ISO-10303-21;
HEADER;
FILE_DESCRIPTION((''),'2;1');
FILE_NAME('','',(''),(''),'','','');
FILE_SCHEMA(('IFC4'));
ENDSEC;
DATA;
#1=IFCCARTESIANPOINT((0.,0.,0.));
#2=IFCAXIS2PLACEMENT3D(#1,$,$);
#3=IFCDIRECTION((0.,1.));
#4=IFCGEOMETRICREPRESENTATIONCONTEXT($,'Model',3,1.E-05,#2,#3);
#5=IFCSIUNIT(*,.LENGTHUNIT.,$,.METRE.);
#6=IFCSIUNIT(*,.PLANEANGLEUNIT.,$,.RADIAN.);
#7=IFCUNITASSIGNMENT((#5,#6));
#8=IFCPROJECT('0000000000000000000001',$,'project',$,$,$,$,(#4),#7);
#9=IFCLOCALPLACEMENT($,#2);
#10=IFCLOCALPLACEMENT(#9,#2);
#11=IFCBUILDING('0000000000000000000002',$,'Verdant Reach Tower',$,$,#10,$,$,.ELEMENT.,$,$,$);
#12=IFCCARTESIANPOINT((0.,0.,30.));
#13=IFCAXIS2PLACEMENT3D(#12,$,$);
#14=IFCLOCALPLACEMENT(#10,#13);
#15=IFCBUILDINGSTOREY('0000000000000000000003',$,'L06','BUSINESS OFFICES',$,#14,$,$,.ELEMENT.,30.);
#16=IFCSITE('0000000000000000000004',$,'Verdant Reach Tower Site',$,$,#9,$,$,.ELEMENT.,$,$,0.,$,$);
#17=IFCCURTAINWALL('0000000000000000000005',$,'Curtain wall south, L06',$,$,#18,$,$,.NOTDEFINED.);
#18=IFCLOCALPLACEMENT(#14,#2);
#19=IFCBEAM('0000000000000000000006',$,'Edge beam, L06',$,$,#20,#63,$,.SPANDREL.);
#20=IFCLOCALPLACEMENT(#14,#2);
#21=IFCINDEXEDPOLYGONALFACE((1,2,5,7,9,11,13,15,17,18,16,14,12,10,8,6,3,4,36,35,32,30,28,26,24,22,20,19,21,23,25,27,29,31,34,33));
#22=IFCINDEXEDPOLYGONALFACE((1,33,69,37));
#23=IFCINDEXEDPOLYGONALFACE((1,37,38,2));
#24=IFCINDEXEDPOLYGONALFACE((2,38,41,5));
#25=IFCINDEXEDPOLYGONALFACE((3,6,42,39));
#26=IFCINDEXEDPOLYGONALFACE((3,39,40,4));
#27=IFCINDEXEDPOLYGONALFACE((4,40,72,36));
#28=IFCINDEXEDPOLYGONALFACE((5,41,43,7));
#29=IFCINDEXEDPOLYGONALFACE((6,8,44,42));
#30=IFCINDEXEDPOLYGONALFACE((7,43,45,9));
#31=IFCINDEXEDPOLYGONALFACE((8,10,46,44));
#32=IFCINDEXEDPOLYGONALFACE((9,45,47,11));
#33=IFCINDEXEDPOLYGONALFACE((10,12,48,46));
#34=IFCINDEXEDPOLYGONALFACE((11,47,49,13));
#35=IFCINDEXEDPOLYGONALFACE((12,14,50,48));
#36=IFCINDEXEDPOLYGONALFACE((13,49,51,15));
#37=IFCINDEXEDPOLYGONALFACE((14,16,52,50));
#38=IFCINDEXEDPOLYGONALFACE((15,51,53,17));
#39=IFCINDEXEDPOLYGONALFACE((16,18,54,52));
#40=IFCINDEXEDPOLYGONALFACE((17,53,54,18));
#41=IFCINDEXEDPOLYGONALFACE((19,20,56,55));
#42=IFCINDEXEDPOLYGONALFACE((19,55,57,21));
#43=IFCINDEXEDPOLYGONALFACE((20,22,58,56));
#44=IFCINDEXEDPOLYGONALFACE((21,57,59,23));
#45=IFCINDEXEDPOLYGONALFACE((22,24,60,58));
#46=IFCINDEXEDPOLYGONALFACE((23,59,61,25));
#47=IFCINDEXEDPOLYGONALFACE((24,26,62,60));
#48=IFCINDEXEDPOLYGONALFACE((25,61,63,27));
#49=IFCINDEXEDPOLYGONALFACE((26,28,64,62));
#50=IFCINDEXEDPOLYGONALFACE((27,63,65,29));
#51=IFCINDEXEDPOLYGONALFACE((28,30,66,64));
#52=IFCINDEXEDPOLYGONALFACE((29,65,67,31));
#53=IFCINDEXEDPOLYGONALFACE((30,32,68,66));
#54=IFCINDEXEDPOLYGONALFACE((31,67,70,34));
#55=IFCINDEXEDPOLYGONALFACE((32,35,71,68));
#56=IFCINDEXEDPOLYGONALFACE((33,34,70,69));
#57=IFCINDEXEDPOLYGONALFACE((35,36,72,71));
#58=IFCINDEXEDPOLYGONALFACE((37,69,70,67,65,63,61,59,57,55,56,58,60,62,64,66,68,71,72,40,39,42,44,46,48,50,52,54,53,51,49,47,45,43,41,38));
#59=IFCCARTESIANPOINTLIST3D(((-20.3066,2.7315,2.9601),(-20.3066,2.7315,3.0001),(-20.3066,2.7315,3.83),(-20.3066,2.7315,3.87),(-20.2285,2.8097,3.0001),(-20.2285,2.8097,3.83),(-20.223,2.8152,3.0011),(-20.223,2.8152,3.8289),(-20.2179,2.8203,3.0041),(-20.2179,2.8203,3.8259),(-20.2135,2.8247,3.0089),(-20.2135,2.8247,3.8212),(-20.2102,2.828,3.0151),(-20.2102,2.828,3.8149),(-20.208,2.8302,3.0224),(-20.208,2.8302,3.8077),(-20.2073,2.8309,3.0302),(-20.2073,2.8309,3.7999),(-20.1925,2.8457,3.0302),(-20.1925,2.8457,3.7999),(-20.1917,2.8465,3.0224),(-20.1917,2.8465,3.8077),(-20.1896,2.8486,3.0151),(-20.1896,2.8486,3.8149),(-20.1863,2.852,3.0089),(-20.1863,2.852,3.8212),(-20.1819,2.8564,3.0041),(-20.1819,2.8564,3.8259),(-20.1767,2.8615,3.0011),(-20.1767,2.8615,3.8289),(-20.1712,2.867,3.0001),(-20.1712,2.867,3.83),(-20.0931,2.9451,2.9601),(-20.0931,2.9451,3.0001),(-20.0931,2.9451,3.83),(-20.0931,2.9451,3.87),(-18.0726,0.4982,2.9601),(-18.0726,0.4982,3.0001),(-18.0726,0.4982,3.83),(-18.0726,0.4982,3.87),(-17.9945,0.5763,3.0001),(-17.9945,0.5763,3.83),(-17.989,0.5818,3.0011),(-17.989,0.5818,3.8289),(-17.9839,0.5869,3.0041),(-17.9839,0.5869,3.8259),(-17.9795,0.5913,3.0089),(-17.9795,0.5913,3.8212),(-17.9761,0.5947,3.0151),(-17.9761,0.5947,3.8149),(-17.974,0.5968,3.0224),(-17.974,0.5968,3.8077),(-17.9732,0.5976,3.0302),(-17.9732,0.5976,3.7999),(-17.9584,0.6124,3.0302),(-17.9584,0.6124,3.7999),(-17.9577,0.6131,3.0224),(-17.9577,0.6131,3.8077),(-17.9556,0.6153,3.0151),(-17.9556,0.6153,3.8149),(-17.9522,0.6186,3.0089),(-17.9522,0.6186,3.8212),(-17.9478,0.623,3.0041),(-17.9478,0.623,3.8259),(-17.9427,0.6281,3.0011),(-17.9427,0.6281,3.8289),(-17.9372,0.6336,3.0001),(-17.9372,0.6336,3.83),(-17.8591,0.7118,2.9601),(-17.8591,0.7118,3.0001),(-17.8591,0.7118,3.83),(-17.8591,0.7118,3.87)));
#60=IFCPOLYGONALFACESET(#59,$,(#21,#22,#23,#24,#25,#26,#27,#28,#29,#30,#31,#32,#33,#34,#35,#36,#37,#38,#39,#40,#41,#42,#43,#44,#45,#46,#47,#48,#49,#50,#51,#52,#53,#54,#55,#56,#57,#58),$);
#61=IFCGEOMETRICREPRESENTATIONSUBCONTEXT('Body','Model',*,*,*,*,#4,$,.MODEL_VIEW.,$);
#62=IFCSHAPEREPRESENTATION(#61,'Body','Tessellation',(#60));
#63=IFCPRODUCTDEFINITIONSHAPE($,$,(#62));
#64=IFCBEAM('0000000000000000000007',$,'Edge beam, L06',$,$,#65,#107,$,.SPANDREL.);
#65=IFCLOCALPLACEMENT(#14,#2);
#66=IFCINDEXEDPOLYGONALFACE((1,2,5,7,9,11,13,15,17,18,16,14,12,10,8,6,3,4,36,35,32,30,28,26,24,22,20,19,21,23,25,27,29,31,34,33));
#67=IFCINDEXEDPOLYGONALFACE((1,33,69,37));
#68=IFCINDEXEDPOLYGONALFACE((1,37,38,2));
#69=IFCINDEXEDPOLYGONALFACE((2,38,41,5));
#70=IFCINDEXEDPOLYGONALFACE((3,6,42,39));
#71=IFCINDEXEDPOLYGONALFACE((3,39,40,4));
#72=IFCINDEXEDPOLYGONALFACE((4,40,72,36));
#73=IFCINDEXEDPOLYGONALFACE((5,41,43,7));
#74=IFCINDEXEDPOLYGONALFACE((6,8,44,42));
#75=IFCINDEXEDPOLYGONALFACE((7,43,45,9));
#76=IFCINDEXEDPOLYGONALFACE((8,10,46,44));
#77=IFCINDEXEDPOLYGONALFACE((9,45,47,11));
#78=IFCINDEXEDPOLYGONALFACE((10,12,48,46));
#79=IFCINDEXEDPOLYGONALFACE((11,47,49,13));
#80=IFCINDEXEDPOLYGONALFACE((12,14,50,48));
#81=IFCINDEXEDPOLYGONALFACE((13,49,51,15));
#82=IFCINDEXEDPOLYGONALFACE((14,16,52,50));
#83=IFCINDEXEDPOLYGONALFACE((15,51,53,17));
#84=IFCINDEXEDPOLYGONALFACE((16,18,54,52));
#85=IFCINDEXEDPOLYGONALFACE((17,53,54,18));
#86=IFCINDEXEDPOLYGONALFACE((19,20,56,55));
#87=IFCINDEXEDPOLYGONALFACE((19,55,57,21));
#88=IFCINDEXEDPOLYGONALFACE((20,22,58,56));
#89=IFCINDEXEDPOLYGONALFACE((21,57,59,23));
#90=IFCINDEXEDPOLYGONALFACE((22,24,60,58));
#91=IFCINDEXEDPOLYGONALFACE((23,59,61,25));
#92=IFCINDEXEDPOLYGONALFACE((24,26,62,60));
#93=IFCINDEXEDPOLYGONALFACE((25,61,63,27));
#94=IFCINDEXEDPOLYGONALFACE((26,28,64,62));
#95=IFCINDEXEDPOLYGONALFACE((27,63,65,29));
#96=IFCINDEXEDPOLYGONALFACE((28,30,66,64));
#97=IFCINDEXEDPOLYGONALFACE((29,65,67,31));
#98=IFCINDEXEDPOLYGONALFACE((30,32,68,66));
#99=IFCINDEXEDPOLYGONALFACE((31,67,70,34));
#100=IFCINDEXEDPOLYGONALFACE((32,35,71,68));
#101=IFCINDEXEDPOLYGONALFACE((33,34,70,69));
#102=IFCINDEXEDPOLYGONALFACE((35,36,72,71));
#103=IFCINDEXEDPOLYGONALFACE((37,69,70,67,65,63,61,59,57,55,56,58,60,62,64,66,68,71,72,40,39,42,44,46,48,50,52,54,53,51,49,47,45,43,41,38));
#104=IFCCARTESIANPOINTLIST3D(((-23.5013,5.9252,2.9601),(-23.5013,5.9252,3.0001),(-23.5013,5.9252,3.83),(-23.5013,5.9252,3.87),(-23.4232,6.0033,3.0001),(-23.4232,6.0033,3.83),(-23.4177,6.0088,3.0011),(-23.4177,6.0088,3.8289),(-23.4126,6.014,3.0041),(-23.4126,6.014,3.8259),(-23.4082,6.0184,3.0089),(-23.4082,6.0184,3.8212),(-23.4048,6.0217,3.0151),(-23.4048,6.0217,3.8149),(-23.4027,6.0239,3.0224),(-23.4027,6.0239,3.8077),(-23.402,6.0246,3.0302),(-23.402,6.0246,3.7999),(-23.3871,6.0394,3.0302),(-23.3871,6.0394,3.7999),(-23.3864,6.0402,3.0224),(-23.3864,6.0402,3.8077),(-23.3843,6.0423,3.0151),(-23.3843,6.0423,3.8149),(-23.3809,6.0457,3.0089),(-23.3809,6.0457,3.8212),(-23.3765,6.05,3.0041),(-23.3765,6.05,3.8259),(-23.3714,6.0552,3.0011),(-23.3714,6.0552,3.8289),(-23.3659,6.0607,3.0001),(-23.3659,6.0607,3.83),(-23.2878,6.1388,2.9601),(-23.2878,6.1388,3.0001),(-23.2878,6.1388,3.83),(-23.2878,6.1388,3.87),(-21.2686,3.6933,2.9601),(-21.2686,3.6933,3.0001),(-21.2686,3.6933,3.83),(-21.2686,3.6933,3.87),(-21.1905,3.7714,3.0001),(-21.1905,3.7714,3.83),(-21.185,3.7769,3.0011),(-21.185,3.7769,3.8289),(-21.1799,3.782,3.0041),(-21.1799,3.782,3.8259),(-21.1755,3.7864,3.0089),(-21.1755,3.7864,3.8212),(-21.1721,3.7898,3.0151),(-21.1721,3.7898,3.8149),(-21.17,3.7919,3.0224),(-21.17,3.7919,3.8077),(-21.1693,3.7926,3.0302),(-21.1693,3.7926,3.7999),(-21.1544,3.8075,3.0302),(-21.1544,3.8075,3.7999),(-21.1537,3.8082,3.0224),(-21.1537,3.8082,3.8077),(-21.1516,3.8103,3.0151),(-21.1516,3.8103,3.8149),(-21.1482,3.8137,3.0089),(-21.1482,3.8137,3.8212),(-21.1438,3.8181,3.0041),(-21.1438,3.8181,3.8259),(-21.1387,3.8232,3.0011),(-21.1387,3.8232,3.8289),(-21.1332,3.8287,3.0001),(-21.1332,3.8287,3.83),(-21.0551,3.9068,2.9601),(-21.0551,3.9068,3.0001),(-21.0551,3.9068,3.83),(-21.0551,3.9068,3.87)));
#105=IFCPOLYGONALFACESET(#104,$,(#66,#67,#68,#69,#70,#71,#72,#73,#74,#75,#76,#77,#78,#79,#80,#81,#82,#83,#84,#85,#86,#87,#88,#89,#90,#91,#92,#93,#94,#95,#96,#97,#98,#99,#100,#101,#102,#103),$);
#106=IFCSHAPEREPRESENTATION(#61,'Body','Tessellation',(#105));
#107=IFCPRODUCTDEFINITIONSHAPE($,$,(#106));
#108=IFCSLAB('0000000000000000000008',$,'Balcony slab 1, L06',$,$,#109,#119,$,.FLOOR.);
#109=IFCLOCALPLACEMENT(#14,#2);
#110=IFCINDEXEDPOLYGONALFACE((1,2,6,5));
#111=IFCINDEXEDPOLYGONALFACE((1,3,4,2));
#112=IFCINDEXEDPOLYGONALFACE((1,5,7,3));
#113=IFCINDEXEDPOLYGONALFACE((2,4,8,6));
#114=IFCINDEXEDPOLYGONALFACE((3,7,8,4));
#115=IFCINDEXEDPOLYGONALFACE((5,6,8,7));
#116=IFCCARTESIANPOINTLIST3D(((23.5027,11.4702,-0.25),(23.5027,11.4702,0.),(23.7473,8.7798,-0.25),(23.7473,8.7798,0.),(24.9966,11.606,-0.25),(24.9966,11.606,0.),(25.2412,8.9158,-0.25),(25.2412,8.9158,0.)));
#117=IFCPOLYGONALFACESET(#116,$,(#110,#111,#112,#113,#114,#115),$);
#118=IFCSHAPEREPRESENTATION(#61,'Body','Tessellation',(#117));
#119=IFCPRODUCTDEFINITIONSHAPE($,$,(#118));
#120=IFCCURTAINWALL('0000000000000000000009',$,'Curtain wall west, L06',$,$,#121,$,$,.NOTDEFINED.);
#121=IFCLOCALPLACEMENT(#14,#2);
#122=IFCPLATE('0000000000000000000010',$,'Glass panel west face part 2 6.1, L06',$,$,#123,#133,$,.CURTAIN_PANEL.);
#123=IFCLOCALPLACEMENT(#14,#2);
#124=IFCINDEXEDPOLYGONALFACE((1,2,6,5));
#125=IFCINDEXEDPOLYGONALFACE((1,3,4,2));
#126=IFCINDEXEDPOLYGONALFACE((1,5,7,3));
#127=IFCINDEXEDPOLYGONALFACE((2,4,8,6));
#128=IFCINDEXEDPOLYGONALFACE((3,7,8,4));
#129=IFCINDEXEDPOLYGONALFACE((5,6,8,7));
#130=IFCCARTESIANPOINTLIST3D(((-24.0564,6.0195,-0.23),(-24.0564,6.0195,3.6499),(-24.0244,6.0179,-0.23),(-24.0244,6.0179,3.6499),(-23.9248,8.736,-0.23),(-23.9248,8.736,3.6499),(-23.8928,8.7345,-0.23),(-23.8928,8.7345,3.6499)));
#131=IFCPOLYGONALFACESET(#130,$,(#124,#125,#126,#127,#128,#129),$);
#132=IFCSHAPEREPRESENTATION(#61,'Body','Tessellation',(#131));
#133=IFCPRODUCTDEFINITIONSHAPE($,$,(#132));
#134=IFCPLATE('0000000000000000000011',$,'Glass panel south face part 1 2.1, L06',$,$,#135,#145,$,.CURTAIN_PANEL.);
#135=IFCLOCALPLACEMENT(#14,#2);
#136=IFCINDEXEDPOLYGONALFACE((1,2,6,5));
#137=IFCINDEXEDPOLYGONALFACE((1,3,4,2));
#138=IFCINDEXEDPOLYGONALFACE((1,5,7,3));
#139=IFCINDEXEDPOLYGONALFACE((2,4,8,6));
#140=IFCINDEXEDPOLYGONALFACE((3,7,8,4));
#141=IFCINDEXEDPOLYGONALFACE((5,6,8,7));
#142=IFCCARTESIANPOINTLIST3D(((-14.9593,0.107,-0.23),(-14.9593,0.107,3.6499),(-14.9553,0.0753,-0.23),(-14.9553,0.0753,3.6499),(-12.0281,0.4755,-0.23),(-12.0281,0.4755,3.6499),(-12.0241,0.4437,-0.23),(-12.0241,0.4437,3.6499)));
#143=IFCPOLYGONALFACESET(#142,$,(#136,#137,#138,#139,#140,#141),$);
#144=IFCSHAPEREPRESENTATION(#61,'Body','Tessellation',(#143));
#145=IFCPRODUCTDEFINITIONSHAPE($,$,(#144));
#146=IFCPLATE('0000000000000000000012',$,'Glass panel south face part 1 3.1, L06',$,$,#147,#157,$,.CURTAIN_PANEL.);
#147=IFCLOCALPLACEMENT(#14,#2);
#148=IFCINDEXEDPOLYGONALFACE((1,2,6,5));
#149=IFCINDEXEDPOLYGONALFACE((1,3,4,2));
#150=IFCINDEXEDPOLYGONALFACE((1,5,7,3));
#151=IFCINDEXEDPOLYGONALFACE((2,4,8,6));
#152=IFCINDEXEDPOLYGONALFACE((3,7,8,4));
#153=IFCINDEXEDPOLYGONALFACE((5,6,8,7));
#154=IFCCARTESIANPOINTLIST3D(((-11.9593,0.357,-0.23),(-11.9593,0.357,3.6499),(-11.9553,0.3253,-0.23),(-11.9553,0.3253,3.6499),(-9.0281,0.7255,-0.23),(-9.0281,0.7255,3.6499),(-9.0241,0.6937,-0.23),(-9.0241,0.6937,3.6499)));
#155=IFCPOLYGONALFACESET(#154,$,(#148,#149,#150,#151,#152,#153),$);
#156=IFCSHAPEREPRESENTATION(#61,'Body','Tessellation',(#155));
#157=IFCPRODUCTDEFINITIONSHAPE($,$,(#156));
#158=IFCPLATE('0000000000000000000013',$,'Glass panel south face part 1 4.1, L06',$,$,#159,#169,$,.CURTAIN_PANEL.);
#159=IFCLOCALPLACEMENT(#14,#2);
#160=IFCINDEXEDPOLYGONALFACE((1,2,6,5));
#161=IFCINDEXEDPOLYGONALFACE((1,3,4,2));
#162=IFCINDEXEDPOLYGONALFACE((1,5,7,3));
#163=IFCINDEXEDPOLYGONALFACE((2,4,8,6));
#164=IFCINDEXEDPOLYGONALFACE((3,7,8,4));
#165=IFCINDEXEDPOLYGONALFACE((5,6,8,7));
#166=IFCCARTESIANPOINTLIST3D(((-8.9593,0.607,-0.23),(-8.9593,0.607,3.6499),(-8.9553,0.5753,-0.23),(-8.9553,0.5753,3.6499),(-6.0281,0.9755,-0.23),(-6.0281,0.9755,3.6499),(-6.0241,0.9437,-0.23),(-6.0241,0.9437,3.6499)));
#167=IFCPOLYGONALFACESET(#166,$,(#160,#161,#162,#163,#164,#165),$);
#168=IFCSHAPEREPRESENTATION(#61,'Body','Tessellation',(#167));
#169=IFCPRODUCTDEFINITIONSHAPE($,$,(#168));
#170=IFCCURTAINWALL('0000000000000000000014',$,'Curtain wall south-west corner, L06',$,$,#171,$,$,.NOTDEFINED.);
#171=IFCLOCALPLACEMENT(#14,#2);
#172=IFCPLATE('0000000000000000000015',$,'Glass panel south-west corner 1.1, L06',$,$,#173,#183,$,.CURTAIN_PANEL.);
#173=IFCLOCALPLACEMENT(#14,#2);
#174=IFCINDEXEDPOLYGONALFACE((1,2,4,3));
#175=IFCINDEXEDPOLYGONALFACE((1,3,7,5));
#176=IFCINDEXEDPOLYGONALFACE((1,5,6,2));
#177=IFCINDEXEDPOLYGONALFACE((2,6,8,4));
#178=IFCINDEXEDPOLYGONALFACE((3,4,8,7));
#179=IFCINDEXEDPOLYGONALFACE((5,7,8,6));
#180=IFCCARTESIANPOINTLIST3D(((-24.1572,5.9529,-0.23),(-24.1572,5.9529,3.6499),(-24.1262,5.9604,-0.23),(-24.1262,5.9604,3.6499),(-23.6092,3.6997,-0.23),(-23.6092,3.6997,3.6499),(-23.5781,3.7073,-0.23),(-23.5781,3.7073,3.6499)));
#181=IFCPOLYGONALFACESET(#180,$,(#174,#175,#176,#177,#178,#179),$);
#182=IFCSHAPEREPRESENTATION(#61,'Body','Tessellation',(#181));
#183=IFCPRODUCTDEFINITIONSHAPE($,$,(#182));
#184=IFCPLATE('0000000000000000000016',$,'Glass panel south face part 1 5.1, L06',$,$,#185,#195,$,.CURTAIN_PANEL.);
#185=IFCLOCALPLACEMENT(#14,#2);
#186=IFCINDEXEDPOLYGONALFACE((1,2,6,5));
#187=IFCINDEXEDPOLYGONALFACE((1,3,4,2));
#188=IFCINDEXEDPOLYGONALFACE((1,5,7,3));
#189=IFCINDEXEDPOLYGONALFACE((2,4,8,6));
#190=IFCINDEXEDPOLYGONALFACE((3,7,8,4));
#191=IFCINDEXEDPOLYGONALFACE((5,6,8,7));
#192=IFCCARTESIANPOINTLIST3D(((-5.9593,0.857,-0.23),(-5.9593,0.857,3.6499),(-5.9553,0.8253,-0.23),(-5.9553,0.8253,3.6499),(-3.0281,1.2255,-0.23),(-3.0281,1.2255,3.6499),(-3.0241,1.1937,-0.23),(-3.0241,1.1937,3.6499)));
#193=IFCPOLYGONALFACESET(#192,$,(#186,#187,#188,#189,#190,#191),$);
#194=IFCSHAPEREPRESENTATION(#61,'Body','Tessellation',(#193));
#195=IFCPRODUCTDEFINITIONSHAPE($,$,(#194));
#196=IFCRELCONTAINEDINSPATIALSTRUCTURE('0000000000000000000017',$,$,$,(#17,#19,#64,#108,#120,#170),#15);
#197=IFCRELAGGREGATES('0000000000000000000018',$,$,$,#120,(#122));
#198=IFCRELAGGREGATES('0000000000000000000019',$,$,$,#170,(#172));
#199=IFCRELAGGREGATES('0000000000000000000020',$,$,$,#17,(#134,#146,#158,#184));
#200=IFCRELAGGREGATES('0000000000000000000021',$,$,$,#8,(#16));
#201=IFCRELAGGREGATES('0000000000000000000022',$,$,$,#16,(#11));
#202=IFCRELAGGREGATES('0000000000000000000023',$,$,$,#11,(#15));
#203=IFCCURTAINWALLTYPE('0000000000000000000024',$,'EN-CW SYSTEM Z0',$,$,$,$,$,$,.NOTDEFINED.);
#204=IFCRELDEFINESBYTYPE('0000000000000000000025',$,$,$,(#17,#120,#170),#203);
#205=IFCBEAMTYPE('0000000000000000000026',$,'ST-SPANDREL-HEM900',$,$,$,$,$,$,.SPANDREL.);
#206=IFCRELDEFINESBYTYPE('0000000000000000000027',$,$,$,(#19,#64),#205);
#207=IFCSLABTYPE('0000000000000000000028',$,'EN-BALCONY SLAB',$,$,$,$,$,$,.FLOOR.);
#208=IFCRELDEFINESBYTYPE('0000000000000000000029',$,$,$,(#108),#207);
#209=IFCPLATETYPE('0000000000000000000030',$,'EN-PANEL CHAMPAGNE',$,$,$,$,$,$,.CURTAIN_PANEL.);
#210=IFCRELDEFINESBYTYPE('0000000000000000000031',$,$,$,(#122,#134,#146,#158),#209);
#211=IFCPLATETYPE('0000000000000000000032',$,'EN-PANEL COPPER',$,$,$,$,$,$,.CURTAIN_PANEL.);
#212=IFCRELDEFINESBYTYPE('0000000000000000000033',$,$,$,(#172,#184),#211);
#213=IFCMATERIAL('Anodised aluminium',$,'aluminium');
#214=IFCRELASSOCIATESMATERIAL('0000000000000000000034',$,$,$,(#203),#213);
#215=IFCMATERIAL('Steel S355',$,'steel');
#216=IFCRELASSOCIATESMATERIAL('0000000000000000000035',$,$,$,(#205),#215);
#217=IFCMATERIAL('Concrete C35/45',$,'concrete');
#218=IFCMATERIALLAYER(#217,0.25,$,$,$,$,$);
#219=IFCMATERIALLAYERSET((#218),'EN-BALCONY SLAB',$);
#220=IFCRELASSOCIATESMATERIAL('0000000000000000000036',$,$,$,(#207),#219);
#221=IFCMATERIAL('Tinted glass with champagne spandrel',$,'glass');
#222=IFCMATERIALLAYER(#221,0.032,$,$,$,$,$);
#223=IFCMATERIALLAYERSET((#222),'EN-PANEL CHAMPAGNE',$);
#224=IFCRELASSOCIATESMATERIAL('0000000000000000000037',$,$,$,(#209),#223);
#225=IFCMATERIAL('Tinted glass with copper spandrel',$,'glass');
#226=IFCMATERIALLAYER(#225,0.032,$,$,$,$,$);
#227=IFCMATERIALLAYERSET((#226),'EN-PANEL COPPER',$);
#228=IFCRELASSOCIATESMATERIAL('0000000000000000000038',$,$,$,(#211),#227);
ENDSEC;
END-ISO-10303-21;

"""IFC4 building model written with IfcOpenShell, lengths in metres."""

from ifc_helpers import new_model, si_unit, direction, frame, origin, origin_2d, place, context, subcontext, project, spatial, polyline, rectangle, i_section, outline, extrude, material, layer, layer_set, material_profile, profile_set, type_object, element, aggregate, save


model = new_model("IFC4")

# Units and contexts
model_context = context("Model", 3, precision=1e-05, world=origin(), true_north=direction((0.0, 1.0)))
body_context = subcontext(model_context, "Body", "Model", "MODEL_VIEW")
ifc_project = project(units=[si_unit("LENGTHUNIT", "METRE"), si_unit("PLANEANGLEUNIT", "RADIAN")], contexts=[model_context])

# Site, building, storey
site_placement = place(None, origin())
site = spatial("IfcSite", under=ifc_project, at=site_placement, Name="Verdant Reach Tower Site", CompositionType="ELEMENT", RefElevation=0.0)
building_placement = place(site_placement, origin())
building = spatial("IfcBuilding", under=site, at=building_placement, Name="Verdant Reach Tower", CompositionType="ELEMENT")
storey_placement = place(building_placement, frame((0.0, 0.0, 30.0)))
storey = spatial("IfcBuildingStorey", under=building, at=storey_placement, Name="L06", Description="BUSINESS OFFICES", CompositionType="ELEMENT", Elevation=30.0)

# Curtain wall
ifc_material_1 = material(Name="Anodised aluminium", Category="aluminium")
curtain_wall_type = type_object("IfcCurtainWallType", Name="EN-CW SYSTEM Z0", PredefinedType="NOTDEFINED", material=ifc_material_1)
curtain_wall_1_placement = place(storey_placement, origin())
curtain_wall_1 = element("IfcCurtainWall", 1, at=curtain_wall_1_placement, inside=storey, type_object=curtain_wall_type, Name="Curtain wall south, L06", PredefinedType="NOTDEFINED")

# Beams
ifc_material_2 = material(Name="Steel S355", Category="steel")
ifc_material_profile_1 = material_profile(ifc_material_2, i_section(OverallWidth=0.302, OverallDepth=0.9099, WebThickness=0.021, FlangeThickness=0.04, FilletRadius=0.03, at=origin_2d()), Name="HEM 900")
ifc_profile_set_1 = profile_set([ifc_material_profile_1], Name="Steel S355")
beam_type_1 = type_object("IfcBeamType", Name="ST-SPANDREL-HEM900", PredefinedType="SPANDREL", material=ifc_profile_set_1)
beam_1_placement = place(storey_placement, frame((-17.9658, 0.605, 3.415), z_axis=(-0.707223, 0.706991, 0.0), x_axis=(-0.706991, -0.707223, 0.0)))
element("IfcBeam", 2, at=beam_1_placement, inside=storey, type_object=beam_type_1, Name="Edge beam, L06", PredefinedType="SPANDREL", context=body_context, shape_type="SweptSolid", body=[
    extrude(i_section(OverallWidth=0.302, OverallDepth=0.9099, WebThickness=0.021, FlangeThickness=0.04, FilletRadius=0.03, at=origin_2d()), origin(), (0.0, 0.0, 1.0), 3.1589),
])
beam_2_placement = place(storey_placement, frame((-21.1619, 3.8, 3.415), z_axis=(-0.707223, 0.706991, 0.0), x_axis=(-0.706991, -0.707223, 0.0)))
element("IfcBeam", 3, at=beam_2_placement, inside=storey, type_object=beam_type_1, Name="Edge beam, L06", PredefinedType="SPANDREL", context=body_context, shape_type="SweptSolid", body=[
    extrude(i_section(OverallWidth=0.302, OverallDepth=0.9099, WebThickness=0.021, FlangeThickness=0.04, FilletRadius=0.03, at=origin_2d()), origin(), (0.0, 0.0, 1.0), 3.157),
])

# Slab
ifc_material_3 = material(Name="Concrete C35/45", Category="concrete")
ifc_layer_1 = layer(ifc_material_3, 0.25)
ifc_layer_set_1 = layer_set([ifc_layer_1], Name="EN-BALCONY SLAB")
slab_type_1 = type_object("IfcSlabType", Name="EN-BALCONY SLAB", PredefinedType="FLOOR", material=ifc_layer_set_1)
slab_1_placement = place(storey_placement, frame((0.0, 0.0, -0.25)))
element("IfcSlab", 4, at=slab_1_placement, inside=storey, type_object=slab_type_1, Name="Balcony slab 1, L06", PredefinedType="FLOOR", context=body_context, shape_type="SweptSolid", body=[
    extrude(outline(polyline([(23.7473, 8.7798), (23.5027, 11.4702), (24.9966, 11.606), (25.2412, 8.9158), (23.7473, 8.7798)])), origin(), (0.0, 0.0, 1.0), 0.25),
])

# Curtain wall, plate
curtain_wall_2_placement = place(storey_placement, origin())
curtain_wall_2 = element("IfcCurtainWall", 5, at=curtain_wall_2_placement, inside=storey, type_object=curtain_wall_type, Name="Curtain wall west, L06", PredefinedType="NOTDEFINED")
ifc_material_4 = material(Name="Tinted glass with champagne spandrel", Category="glass")
ifc_layer_2 = layer(ifc_material_4, 0.032)
ifc_layer_set_2 = layer_set([ifc_layer_2], Name="EN-PANEL CHAMPAGNE")
plate_type_1 = type_object("IfcPlateType", Name="EN-PANEL CHAMPAGNE", PredefinedType="CURTAIN_PANEL", material=ifc_layer_set_2)
plate_1_placement = place(storey_placement, frame((-23.9746, 7.377, -0.23), z_axis=(0.0, 0.0, 1.0), x_axis=(-0.048383, -0.998829, 0.0)))
plate_1 = element("IfcPlate", 6, at=plate_1_placement, type_object=plate_type_1, Name="Glass panel west face part 2 6.1, L06", PredefinedType="CURTAIN_PANEL", context=body_context, shape_type="SweptSolid", body=[
    extrude(rectangle(XDim=2.7197, YDim=0.032, at=origin_2d()), origin(), (0.0, 0.0, 1.0), 3.8799),
])

# Plates
plate_2_placement = place(storey_placement, frame((-13.4917, 0.2754, -0.23), z_axis=(0.0, 0.0, 1.0), x_axis=(0.992194, 0.124704, 0.0)))
plate_2 = element("IfcPlate", 7, at=plate_2_placement, type_object=plate_type_1, Name="Glass panel south face part 1 2.1, L06", PredefinedType="CURTAIN_PANEL", context=body_context, shape_type="SweptSolid", body=[
    extrude(rectangle(XDim=2.9543, YDim=0.032, at=origin_2d()), origin(), (0.0, 0.0, 1.0), 3.8799),
])
plate_3_placement = place(storey_placement, frame((-10.4917, 0.5254, -0.23), z_axis=(0.0, 0.0, 1.0), x_axis=(0.992194, 0.124704, 0.0)))
plate_3 = element("IfcPlate", 8, at=plate_3_placement, type_object=plate_type_1, Name="Glass panel south face part 1 3.1, L06", PredefinedType="CURTAIN_PANEL", context=body_context, shape_type="SweptSolid", body=[
    extrude(rectangle(XDim=2.9543, YDim=0.032, at=origin_2d()), origin(), (0.0, 0.0, 1.0), 3.8799),
])
plate_4_placement = place(storey_placement, frame((-7.4917, 0.7754, -0.23), z_axis=(0.0, 0.0, 1.0), x_axis=(0.992194, 0.124704, 0.0)))
plate_4 = element("IfcPlate", 9, at=plate_4_placement, type_object=plate_type_1, Name="Glass panel south face part 1 4.1, L06", PredefinedType="CURTAIN_PANEL", context=body_context, shape_type="SweptSolid", body=[
    extrude(rectangle(XDim=2.9543, YDim=0.032, at=origin_2d()), origin(), (0.0, 0.0, 1.0), 3.8799),
])

# Curtain wall, plate
curtain_wall_3_placement = place(storey_placement, origin())
curtain_wall_3 = element("IfcCurtainWall", 10, at=curtain_wall_3_placement, inside=storey, type_object=curtain_wall_type, Name="Curtain wall south-west corner, L06", PredefinedType="NOTDEFINED")
ifc_material_5 = material(Name="Tinted glass with copper spandrel", Category="glass")
ifc_layer_3 = layer(ifc_material_5, 0.032)
ifc_layer_set_3 = layer_set([ifc_layer_3], Name="EN-PANEL COPPER")
plate_type_2 = type_object("IfcPlateType", Name="EN-PANEL COPPER", PredefinedType="CURTAIN_PANEL", material=ifc_layer_set_3)
plate_5_placement = place(storey_placement, frame((-23.8677, 4.8301, -0.23), z_axis=(0.0, 0.0, 1.0), x_axis=(0.236347, -0.971669, 0.0)))
plate_5 = element("IfcPlate", 11, at=plate_5_placement, type_object=plate_type_2, Name="Glass panel south-west corner 1.1, L06", PredefinedType="CURTAIN_PANEL", context=body_context, shape_type="SweptSolid", body=[
    extrude(rectangle(XDim=2.3188, YDim=0.032, at=origin_2d()), origin(), (0.0, 0.0, 1.0), 3.8799),
])

# Plate
plate_6_placement = place(storey_placement, frame((-4.4917, 1.0254, -0.23), z_axis=(0.0, 0.0, 1.0), x_axis=(0.992194, 0.124704, 0.0)))
plate_6 = element("IfcPlate", 12, at=plate_6_placement, type_object=plate_type_2, Name="Glass panel south face part 1 5.1, L06", PredefinedType="CURTAIN_PANEL", context=body_context, shape_type="SweptSolid", body=[
    extrude(rectangle(XDim=2.9543, YDim=0.032, at=origin_2d()), origin(), (0.0, 0.0, 1.0), 3.8799),
])
aggregate(curtain_wall_2, [plate_1])
aggregate(curtain_wall_3, [plate_5])
aggregate(curtain_wall_1, [plate_2, plate_3, plate_4, plate_6])

save(model, "model.ifc")
